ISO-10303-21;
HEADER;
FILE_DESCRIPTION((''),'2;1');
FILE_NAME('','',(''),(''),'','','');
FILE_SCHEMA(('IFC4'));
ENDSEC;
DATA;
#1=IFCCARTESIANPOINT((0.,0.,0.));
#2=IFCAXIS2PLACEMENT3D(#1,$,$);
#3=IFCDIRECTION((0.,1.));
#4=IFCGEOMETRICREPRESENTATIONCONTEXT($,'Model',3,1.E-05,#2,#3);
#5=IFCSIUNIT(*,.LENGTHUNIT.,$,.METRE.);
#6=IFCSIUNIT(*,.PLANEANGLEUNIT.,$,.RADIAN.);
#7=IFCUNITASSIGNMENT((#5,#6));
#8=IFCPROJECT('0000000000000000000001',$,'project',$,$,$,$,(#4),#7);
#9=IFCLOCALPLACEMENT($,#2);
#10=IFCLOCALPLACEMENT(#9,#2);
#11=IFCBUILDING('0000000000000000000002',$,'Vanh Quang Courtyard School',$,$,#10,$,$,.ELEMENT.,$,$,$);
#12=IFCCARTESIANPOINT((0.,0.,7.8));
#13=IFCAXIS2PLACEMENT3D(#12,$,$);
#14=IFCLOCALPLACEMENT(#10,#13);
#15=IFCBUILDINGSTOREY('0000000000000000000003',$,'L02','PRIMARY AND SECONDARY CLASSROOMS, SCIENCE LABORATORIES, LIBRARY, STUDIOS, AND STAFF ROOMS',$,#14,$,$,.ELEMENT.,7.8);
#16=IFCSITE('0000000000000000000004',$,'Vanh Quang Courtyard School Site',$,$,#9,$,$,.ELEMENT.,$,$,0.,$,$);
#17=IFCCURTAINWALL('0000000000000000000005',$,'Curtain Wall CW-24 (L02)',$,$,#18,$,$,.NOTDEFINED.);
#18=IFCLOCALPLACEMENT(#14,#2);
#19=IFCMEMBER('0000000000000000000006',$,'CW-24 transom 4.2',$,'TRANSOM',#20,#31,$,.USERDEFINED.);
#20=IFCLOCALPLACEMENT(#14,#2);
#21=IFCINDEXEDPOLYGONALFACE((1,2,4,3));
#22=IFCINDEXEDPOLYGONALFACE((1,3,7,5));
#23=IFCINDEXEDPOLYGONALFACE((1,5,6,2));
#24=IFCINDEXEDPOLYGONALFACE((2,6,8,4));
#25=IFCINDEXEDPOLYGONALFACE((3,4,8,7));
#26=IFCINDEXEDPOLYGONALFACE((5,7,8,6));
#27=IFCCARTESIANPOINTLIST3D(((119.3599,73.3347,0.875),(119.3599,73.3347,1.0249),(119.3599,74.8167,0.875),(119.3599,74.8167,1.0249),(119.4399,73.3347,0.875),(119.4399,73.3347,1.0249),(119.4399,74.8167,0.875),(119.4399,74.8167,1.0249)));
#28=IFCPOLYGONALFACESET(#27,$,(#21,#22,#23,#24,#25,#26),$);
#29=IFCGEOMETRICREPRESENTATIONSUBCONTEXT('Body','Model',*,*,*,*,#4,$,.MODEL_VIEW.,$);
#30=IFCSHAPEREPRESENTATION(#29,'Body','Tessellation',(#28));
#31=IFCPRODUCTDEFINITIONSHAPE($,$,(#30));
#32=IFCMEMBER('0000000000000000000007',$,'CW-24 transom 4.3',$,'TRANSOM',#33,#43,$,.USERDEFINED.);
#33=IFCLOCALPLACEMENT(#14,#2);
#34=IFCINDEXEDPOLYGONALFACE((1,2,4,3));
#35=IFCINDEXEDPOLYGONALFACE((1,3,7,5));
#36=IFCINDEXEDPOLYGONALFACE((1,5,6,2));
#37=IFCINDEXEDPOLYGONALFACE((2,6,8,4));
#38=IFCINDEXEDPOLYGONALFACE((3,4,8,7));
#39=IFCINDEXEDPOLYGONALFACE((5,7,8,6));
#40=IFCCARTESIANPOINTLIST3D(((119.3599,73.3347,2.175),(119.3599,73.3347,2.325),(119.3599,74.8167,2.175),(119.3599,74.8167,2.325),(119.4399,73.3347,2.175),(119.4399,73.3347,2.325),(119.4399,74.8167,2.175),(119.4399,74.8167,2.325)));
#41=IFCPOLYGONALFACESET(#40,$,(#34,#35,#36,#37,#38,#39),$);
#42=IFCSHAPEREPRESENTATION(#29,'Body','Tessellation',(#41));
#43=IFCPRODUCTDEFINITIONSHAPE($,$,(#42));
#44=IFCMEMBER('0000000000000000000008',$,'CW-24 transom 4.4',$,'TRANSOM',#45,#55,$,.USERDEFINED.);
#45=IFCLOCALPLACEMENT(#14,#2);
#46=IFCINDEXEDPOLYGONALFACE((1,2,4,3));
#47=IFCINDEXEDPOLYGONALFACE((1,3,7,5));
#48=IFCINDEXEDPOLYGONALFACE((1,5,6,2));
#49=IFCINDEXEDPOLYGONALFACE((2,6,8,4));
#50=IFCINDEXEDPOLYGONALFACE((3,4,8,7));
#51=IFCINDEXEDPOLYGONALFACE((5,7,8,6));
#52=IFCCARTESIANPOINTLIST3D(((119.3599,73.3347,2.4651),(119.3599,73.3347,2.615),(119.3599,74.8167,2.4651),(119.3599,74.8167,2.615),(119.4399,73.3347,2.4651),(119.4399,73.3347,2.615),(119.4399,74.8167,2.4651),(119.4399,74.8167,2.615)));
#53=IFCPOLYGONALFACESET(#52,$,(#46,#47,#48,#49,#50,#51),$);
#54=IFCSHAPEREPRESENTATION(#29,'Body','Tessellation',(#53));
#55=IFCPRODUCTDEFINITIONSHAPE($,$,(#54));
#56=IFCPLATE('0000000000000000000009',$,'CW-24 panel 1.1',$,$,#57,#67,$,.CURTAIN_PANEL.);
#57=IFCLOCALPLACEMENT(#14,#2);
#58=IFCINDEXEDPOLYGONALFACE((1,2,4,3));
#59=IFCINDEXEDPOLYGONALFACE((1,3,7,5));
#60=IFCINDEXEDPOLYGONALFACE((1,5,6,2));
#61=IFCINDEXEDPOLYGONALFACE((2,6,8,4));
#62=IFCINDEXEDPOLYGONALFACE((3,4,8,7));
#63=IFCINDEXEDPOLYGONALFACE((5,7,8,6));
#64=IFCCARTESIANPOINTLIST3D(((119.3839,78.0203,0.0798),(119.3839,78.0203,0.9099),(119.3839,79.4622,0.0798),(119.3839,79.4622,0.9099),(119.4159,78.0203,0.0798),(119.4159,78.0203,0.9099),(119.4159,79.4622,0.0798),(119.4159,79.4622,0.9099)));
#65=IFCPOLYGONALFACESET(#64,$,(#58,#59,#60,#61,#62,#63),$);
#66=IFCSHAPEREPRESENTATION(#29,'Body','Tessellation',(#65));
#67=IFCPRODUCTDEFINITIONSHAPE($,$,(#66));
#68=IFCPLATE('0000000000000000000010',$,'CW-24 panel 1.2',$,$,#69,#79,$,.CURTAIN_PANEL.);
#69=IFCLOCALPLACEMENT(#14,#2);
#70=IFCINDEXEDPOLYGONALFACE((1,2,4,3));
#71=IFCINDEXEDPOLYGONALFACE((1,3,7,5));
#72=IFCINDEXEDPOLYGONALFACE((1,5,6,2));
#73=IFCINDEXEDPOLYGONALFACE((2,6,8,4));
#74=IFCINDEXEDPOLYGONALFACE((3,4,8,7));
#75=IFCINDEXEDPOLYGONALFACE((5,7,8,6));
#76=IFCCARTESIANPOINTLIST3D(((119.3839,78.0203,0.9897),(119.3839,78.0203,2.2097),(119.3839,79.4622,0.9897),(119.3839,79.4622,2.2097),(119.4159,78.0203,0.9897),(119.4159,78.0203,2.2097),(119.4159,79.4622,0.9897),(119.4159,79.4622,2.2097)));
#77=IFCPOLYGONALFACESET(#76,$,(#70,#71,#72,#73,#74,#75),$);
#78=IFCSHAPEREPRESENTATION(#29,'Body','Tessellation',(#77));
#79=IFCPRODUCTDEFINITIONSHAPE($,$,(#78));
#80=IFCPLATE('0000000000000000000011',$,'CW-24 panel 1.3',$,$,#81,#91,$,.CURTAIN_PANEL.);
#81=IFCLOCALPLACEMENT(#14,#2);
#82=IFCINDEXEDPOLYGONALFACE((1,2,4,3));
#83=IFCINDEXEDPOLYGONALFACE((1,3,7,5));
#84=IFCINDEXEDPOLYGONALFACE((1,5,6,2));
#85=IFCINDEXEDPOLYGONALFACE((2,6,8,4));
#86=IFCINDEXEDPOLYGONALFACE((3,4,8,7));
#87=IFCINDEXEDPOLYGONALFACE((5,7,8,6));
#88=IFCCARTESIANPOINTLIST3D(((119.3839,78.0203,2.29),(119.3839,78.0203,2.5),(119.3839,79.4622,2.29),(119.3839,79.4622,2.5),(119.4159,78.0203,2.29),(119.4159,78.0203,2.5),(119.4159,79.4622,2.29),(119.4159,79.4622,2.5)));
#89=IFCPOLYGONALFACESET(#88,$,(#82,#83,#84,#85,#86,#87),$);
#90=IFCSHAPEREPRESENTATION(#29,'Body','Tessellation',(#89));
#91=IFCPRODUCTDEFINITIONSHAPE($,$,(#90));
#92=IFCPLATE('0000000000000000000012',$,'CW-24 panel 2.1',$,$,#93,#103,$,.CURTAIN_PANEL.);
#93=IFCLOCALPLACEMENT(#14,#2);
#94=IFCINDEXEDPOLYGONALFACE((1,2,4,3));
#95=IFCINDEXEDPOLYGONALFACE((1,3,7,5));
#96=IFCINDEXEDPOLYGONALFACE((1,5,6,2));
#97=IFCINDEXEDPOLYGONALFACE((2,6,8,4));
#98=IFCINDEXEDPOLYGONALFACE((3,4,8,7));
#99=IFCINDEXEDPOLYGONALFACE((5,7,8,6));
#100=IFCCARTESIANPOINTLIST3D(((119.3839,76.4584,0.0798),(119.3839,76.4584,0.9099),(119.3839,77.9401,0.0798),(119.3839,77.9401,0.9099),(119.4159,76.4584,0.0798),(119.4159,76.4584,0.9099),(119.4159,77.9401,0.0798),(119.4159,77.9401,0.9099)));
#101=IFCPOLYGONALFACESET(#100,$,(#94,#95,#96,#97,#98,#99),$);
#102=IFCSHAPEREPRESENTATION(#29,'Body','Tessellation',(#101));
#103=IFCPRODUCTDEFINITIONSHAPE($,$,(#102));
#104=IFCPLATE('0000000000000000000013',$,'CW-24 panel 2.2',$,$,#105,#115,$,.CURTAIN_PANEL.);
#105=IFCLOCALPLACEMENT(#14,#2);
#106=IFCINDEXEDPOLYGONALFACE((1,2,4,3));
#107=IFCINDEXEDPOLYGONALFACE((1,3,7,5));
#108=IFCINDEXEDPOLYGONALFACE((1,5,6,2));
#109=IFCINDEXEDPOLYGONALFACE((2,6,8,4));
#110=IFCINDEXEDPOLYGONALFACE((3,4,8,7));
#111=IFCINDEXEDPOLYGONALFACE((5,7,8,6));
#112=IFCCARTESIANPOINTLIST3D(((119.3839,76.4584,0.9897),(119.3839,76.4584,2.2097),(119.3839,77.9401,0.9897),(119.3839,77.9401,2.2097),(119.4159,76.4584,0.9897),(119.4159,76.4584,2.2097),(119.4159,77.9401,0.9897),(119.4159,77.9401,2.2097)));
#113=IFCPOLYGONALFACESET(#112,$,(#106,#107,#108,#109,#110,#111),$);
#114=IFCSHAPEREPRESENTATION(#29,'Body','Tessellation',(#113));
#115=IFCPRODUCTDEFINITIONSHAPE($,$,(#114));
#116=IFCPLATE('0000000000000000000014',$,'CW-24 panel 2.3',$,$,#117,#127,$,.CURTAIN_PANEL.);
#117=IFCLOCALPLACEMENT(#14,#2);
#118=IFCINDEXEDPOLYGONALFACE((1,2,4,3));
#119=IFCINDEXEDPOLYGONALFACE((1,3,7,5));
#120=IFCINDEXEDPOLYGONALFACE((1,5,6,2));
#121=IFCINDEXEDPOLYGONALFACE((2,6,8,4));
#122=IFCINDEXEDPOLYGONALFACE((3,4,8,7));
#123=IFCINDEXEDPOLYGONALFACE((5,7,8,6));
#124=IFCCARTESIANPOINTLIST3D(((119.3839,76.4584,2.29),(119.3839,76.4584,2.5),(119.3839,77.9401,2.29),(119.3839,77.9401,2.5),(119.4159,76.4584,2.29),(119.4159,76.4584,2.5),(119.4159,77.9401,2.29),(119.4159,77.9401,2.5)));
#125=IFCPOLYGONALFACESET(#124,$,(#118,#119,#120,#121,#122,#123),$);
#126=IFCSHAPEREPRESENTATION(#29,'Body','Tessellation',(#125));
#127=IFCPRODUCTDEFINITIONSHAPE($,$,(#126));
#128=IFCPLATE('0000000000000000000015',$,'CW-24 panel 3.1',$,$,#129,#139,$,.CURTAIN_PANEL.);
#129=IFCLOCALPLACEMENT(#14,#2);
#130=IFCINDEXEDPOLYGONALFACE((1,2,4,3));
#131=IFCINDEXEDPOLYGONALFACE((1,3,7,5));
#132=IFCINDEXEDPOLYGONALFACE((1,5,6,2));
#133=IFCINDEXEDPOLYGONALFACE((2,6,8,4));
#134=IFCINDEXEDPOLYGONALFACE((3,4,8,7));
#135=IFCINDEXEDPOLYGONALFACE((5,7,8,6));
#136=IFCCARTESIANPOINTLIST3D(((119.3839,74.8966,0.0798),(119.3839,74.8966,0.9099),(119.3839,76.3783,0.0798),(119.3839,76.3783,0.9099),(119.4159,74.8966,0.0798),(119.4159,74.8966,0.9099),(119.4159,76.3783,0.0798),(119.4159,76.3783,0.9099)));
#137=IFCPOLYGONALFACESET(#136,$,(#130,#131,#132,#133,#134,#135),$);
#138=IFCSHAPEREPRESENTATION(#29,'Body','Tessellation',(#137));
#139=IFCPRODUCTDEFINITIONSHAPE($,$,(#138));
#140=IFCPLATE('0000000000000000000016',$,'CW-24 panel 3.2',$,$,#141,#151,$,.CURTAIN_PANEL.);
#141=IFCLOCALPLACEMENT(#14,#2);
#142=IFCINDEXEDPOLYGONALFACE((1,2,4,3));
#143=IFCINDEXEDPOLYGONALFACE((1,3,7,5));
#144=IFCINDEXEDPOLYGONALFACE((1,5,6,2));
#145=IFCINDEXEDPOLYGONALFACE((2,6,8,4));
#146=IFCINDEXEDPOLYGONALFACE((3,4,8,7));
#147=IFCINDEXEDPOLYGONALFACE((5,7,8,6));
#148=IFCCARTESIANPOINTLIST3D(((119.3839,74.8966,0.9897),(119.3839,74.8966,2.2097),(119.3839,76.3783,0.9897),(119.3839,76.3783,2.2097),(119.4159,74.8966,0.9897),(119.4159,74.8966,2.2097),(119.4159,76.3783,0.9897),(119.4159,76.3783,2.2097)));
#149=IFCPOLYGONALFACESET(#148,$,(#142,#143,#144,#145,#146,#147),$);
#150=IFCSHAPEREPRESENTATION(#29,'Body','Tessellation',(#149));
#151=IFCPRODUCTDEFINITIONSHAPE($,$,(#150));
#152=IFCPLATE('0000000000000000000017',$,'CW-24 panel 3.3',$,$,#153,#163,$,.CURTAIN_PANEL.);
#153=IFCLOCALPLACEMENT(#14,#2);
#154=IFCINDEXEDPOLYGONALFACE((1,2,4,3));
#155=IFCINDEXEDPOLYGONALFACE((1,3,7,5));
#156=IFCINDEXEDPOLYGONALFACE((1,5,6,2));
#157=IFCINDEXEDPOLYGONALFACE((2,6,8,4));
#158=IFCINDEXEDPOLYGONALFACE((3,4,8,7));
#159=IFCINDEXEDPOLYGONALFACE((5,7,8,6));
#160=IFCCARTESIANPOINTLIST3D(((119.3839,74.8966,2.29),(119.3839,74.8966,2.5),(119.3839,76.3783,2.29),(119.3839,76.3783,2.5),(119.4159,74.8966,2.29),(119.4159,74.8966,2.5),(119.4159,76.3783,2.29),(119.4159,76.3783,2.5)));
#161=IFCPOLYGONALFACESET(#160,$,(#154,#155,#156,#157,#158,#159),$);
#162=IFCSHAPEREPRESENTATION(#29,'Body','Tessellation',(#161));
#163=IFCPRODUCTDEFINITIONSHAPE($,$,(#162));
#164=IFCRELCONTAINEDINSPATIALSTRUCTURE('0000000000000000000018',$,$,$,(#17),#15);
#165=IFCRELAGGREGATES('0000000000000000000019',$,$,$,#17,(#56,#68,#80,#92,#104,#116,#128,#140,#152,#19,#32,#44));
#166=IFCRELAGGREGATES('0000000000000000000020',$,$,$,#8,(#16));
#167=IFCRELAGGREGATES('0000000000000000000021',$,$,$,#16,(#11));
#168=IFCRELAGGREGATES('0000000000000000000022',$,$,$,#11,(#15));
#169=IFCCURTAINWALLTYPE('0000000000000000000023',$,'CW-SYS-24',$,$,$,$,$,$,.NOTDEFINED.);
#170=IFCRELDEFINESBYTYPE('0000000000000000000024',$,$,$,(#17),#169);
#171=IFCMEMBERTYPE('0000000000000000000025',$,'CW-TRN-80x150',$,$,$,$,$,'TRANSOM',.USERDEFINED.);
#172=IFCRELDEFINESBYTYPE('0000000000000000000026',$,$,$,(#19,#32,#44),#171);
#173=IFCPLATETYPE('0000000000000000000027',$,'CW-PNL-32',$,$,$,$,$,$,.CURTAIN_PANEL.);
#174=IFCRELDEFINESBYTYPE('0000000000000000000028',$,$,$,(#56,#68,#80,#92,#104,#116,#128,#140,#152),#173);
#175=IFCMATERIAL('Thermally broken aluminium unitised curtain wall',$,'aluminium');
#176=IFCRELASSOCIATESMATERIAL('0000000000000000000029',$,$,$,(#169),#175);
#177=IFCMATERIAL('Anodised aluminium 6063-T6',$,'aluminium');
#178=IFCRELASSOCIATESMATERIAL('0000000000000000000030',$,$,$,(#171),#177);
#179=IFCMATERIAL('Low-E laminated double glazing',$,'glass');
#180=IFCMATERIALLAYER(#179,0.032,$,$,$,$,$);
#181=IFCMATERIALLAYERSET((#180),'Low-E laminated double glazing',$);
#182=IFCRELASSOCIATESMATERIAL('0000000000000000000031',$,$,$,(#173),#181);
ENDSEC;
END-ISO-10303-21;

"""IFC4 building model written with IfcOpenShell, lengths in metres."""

from ifc_helpers import new_model, si_unit, direction, frame, origin, origin_2d, place, context, subcontext, project, spatial, rectangle, extrude, material, layer, layer_set, material_profile, profile_set, type_object, element, aggregate, save


model = new_model("IFC4")

# Units and contexts
model_context = context("Model", 3, precision=1e-05, world=origin(), true_north=direction((0.0, 1.0)))
body_context = subcontext(model_context, "Body", "Model", "MODEL_VIEW")
ifc_project = project(units=[si_unit("LENGTHUNIT", "METRE"), si_unit("PLANEANGLEUNIT", "RADIAN")], contexts=[model_context])

# Site, building, storey
site_placement = place(None, origin())
site = spatial("IfcSite", under=ifc_project, at=site_placement, Name="Vanh Quang Courtyard School Site", CompositionType="ELEMENT", RefElevation=0.0)
building_placement = place(site_placement, origin())
building = spatial("IfcBuilding", under=site, at=building_placement, Name="Vanh Quang Courtyard School", CompositionType="ELEMENT")
storey_placement = place(building_placement, frame((0.0, 0.0, 7.8)))
storey = spatial("IfcBuildingStorey", under=building, at=storey_placement, Name="L02", Description="PRIMARY AND SECONDARY CLASSROOMS, SCIENCE LABORATORIES, LIBRARY, STUDIOS, AND STAFF ROOMS", CompositionType="ELEMENT", Elevation=7.8)

# Curtain wall, members, plates
ifc_material_1 = material(Name="Thermally broken aluminium unitised curtain wall", Category="aluminium")
curtain_wall_type = type_object("IfcCurtainWallType", Name="CW-SYS-24", PredefinedType="NOTDEFINED", material=ifc_material_1)
curtain_wall_placement = place(storey_placement, origin())
curtain_wall = element("IfcCurtainWall", 1, at=curtain_wall_placement, inside=storey, type_object=curtain_wall_type, Name="Curtain Wall CW-24 (L02)", PredefinedType="NOTDEFINED")
ifc_material_2 = material(Name="Anodised aluminium 6063-T6", Category="aluminium")
ifc_material_profile_1 = material_profile(ifc_material_2, rectangle(XDim=0.0801, YDim=0.1499, at=origin_2d()), Name="ALU-TRN 80x150")
ifc_profile_set_1 = profile_set([ifc_material_profile_1], Name="Anodised aluminium 6063-T6")
member_type_1 = type_object("IfcMemberType", Name="CW-TRN-80x150", ElementType="TRANSOM", PredefinedType="USERDEFINED", material=ifc_profile_set_1)
member_1_placement = place(storey_placement, frame((119.3999, 74.8167, 0.95), z_axis=(0.0, -1.0, 0.0), x_axis=(1.0, 0.0, 0.0)))
member_1 = element("IfcMember", 2, at=member_1_placement, type_object=member_type_1, Name="CW-24 transom 4.2", ObjectType="TRANSOM", PredefinedType="USERDEFINED", context=body_context, shape_type="SweptSolid", body=[
    extrude(rectangle(XDim=0.0801, YDim=0.1499, at=origin_2d()), origin(), (0.0, 0.0, 1.0), 1.4819),
])
member_2_placement = place(storey_placement, frame((119.3999, 74.8167, 2.25), z_axis=(0.0, -1.0, 0.0), x_axis=(1.0, 0.0, 0.0)))
member_2 = element("IfcMember", 3, at=member_2_placement, type_object=member_type_1, Name="CW-24 transom 4.3", ObjectType="TRANSOM", PredefinedType="USERDEFINED", context=body_context, shape_type="SweptSolid", body=[
    extrude(rectangle(XDim=0.0801, YDim=0.1499, at=origin_2d()), origin(), (0.0, 0.0, 1.0), 1.4819),
])
member_3_placement = place(storey_placement, frame((119.3999, 74.8167, 2.54), z_axis=(0.0, -1.0, 0.0), x_axis=(1.0, 0.0, 0.0)))
member_3 = element("IfcMember", 4, at=member_3_placement, type_object=member_type_1, Name="CW-24 transom 4.4", ObjectType="TRANSOM", PredefinedType="USERDEFINED", context=body_context, shape_type="SweptSolid", body=[
    extrude(rectangle(XDim=0.0801, YDim=0.1499, at=origin_2d()), origin(), (0.0, 0.0, 1.0), 1.4819),
])
ifc_material_3 = material(Name="Low-E laminated double glazing", Category="glass")
ifc_layer = layer(ifc_material_3, 0.032)
ifc_layer_set = layer_set([ifc_layer], Name="Low-E laminated double glazing")
plate_type = type_object("IfcPlateType", Name="CW-PNL-32", PredefinedType="CURTAIN_PANEL", material=ifc_layer_set)
plate_1_placement = place(storey_placement, frame((119.3999, 78.7412, 0.0798), z_axis=(0.0, 0.0, 1.0), x_axis=(0.0, -1.0, 0.0)))
plate_1 = element("IfcPlate", 5, at=plate_1_placement, type_object=plate_type, Name="CW-24 panel 1.1", PredefinedType="CURTAIN_PANEL", context=body_context, shape_type="SweptSolid", body=[
    extrude(rectangle(XDim=1.4419, YDim=0.032, at=origin_2d()), origin(), (0.0, 0.0, 1.0), 0.8301),
])
plate_2_placement = place(storey_placement, frame((119.3999, 78.7412, 0.9897), z_axis=(0.0, 0.0, 1.0), x_axis=(0.0, -1.0, 0.0)))
plate_2 = element("IfcPlate", 6, at=plate_2_placement, type_object=plate_type, Name="CW-24 panel 1.2", PredefinedType="CURTAIN_PANEL", context=body_context, shape_type="SweptSolid", body=[
    extrude(rectangle(XDim=1.4419, YDim=0.032, at=origin_2d()), origin(), (0.0, 0.0, 1.0), 1.22),
])
plate_3_placement = place(storey_placement, frame((119.3999, 78.7412, 2.29), z_axis=(0.0, 0.0, 1.0), x_axis=(0.0, -1.0, 0.0)))
plate_3 = element("IfcPlate", 7, at=plate_3_placement, type_object=plate_type, Name="CW-24 panel 1.3", PredefinedType="CURTAIN_PANEL", context=body_context, shape_type="SweptSolid", body=[
    extrude(rectangle(XDim=1.4419, YDim=0.032, at=origin_2d()), origin(), (0.0, 0.0, 1.0), 0.21),
])
plate_4_placement = place(storey_placement, frame((119.3999, 77.1992, 0.0798), z_axis=(0.0, 0.0, 1.0), x_axis=(0.0, -1.0, 0.0)))
plate_4 = element("IfcPlate", 8, at=plate_4_placement, type_object=plate_type, Name="CW-24 panel 2.1", PredefinedType="CURTAIN_PANEL", context=body_context, shape_type="SweptSolid", body=[
    extrude(rectangle(XDim=1.4817, YDim=0.032, at=origin_2d()), origin(), (0.0, 0.0, 1.0), 0.8301),
])
plate_5_placement = place(storey_placement, frame((119.3999, 77.1992, 0.9897), z_axis=(0.0, 0.0, 1.0), x_axis=(0.0, -1.0, 0.0)))
plate_5 = element("IfcPlate", 9, at=plate_5_placement, type_object=plate_type, Name="CW-24 panel 2.2", PredefinedType="CURTAIN_PANEL", context=body_context, shape_type="SweptSolid", body=[
    extrude(rectangle(XDim=1.4817, YDim=0.032, at=origin_2d()), origin(), (0.0, 0.0, 1.0), 1.22),
])
plate_6_placement = place(storey_placement, frame((119.3999, 77.1992, 2.29), z_axis=(0.0, 0.0, 1.0), x_axis=(0.0, -1.0, 0.0)))
plate_6 = element("IfcPlate", 10, at=plate_6_placement, type_object=plate_type, Name="CW-24 panel 2.3", PredefinedType="CURTAIN_PANEL", context=body_context, shape_type="SweptSolid", body=[
    extrude(rectangle(XDim=1.4817, YDim=0.032, at=origin_2d()), origin(), (0.0, 0.0, 1.0), 0.21),
])
plate_7_placement = place(storey_placement, frame((119.3999, 75.6375, 0.0798), z_axis=(0.0, 0.0, 1.0), x_axis=(0.0, -1.0, 0.0)))
plate_7 = element("IfcPlate", 11, at=plate_7_placement, type_object=plate_type, Name="CW-24 panel 3.1", PredefinedType="CURTAIN_PANEL", context=body_context, shape_type="SweptSolid", body=[
    extrude(rectangle(XDim=1.4817, YDim=0.032, at=origin_2d()), origin(), (0.0, 0.0, 1.0), 0.8301),
])
plate_8_placement = place(storey_placement, frame((119.3999, 75.6375, 0.9897), z_axis=(0.0, 0.0, 1.0), x_axis=(0.0, -1.0, 0.0)))
plate_8 = element("IfcPlate", 12, at=plate_8_placement, type_object=plate_type, Name="CW-24 panel 3.2", PredefinedType="CURTAIN_PANEL", context=body_context, shape_type="SweptSolid", body=[
    extrude(rectangle(XDim=1.4817, YDim=0.032, at=origin_2d()), origin(), (0.0, 0.0, 1.0), 1.22),
])
plate_9_placement = place(storey_placement, frame((119.3999, 75.6375, 2.29), z_axis=(0.0, 0.0, 1.0), x_axis=(0.0, -1.0, 0.0)))
plate_9 = element("IfcPlate", 13, at=plate_9_placement, type_object=plate_type, Name="CW-24 panel 3.3", PredefinedType="CURTAIN_PANEL", context=body_context, shape_type="SweptSolid", body=[
    extrude(rectangle(XDim=1.4817, YDim=0.032, at=origin_2d()), origin(), (0.0, 0.0, 1.0), 0.21),
])
aggregate(curtain_wall, [plate_1, plate_2, plate_3, plate_4, plate_5, plate_6, plate_7, plate_8, plate_9, member_1, member_2, member_3])

save(model, "model.ifc")
